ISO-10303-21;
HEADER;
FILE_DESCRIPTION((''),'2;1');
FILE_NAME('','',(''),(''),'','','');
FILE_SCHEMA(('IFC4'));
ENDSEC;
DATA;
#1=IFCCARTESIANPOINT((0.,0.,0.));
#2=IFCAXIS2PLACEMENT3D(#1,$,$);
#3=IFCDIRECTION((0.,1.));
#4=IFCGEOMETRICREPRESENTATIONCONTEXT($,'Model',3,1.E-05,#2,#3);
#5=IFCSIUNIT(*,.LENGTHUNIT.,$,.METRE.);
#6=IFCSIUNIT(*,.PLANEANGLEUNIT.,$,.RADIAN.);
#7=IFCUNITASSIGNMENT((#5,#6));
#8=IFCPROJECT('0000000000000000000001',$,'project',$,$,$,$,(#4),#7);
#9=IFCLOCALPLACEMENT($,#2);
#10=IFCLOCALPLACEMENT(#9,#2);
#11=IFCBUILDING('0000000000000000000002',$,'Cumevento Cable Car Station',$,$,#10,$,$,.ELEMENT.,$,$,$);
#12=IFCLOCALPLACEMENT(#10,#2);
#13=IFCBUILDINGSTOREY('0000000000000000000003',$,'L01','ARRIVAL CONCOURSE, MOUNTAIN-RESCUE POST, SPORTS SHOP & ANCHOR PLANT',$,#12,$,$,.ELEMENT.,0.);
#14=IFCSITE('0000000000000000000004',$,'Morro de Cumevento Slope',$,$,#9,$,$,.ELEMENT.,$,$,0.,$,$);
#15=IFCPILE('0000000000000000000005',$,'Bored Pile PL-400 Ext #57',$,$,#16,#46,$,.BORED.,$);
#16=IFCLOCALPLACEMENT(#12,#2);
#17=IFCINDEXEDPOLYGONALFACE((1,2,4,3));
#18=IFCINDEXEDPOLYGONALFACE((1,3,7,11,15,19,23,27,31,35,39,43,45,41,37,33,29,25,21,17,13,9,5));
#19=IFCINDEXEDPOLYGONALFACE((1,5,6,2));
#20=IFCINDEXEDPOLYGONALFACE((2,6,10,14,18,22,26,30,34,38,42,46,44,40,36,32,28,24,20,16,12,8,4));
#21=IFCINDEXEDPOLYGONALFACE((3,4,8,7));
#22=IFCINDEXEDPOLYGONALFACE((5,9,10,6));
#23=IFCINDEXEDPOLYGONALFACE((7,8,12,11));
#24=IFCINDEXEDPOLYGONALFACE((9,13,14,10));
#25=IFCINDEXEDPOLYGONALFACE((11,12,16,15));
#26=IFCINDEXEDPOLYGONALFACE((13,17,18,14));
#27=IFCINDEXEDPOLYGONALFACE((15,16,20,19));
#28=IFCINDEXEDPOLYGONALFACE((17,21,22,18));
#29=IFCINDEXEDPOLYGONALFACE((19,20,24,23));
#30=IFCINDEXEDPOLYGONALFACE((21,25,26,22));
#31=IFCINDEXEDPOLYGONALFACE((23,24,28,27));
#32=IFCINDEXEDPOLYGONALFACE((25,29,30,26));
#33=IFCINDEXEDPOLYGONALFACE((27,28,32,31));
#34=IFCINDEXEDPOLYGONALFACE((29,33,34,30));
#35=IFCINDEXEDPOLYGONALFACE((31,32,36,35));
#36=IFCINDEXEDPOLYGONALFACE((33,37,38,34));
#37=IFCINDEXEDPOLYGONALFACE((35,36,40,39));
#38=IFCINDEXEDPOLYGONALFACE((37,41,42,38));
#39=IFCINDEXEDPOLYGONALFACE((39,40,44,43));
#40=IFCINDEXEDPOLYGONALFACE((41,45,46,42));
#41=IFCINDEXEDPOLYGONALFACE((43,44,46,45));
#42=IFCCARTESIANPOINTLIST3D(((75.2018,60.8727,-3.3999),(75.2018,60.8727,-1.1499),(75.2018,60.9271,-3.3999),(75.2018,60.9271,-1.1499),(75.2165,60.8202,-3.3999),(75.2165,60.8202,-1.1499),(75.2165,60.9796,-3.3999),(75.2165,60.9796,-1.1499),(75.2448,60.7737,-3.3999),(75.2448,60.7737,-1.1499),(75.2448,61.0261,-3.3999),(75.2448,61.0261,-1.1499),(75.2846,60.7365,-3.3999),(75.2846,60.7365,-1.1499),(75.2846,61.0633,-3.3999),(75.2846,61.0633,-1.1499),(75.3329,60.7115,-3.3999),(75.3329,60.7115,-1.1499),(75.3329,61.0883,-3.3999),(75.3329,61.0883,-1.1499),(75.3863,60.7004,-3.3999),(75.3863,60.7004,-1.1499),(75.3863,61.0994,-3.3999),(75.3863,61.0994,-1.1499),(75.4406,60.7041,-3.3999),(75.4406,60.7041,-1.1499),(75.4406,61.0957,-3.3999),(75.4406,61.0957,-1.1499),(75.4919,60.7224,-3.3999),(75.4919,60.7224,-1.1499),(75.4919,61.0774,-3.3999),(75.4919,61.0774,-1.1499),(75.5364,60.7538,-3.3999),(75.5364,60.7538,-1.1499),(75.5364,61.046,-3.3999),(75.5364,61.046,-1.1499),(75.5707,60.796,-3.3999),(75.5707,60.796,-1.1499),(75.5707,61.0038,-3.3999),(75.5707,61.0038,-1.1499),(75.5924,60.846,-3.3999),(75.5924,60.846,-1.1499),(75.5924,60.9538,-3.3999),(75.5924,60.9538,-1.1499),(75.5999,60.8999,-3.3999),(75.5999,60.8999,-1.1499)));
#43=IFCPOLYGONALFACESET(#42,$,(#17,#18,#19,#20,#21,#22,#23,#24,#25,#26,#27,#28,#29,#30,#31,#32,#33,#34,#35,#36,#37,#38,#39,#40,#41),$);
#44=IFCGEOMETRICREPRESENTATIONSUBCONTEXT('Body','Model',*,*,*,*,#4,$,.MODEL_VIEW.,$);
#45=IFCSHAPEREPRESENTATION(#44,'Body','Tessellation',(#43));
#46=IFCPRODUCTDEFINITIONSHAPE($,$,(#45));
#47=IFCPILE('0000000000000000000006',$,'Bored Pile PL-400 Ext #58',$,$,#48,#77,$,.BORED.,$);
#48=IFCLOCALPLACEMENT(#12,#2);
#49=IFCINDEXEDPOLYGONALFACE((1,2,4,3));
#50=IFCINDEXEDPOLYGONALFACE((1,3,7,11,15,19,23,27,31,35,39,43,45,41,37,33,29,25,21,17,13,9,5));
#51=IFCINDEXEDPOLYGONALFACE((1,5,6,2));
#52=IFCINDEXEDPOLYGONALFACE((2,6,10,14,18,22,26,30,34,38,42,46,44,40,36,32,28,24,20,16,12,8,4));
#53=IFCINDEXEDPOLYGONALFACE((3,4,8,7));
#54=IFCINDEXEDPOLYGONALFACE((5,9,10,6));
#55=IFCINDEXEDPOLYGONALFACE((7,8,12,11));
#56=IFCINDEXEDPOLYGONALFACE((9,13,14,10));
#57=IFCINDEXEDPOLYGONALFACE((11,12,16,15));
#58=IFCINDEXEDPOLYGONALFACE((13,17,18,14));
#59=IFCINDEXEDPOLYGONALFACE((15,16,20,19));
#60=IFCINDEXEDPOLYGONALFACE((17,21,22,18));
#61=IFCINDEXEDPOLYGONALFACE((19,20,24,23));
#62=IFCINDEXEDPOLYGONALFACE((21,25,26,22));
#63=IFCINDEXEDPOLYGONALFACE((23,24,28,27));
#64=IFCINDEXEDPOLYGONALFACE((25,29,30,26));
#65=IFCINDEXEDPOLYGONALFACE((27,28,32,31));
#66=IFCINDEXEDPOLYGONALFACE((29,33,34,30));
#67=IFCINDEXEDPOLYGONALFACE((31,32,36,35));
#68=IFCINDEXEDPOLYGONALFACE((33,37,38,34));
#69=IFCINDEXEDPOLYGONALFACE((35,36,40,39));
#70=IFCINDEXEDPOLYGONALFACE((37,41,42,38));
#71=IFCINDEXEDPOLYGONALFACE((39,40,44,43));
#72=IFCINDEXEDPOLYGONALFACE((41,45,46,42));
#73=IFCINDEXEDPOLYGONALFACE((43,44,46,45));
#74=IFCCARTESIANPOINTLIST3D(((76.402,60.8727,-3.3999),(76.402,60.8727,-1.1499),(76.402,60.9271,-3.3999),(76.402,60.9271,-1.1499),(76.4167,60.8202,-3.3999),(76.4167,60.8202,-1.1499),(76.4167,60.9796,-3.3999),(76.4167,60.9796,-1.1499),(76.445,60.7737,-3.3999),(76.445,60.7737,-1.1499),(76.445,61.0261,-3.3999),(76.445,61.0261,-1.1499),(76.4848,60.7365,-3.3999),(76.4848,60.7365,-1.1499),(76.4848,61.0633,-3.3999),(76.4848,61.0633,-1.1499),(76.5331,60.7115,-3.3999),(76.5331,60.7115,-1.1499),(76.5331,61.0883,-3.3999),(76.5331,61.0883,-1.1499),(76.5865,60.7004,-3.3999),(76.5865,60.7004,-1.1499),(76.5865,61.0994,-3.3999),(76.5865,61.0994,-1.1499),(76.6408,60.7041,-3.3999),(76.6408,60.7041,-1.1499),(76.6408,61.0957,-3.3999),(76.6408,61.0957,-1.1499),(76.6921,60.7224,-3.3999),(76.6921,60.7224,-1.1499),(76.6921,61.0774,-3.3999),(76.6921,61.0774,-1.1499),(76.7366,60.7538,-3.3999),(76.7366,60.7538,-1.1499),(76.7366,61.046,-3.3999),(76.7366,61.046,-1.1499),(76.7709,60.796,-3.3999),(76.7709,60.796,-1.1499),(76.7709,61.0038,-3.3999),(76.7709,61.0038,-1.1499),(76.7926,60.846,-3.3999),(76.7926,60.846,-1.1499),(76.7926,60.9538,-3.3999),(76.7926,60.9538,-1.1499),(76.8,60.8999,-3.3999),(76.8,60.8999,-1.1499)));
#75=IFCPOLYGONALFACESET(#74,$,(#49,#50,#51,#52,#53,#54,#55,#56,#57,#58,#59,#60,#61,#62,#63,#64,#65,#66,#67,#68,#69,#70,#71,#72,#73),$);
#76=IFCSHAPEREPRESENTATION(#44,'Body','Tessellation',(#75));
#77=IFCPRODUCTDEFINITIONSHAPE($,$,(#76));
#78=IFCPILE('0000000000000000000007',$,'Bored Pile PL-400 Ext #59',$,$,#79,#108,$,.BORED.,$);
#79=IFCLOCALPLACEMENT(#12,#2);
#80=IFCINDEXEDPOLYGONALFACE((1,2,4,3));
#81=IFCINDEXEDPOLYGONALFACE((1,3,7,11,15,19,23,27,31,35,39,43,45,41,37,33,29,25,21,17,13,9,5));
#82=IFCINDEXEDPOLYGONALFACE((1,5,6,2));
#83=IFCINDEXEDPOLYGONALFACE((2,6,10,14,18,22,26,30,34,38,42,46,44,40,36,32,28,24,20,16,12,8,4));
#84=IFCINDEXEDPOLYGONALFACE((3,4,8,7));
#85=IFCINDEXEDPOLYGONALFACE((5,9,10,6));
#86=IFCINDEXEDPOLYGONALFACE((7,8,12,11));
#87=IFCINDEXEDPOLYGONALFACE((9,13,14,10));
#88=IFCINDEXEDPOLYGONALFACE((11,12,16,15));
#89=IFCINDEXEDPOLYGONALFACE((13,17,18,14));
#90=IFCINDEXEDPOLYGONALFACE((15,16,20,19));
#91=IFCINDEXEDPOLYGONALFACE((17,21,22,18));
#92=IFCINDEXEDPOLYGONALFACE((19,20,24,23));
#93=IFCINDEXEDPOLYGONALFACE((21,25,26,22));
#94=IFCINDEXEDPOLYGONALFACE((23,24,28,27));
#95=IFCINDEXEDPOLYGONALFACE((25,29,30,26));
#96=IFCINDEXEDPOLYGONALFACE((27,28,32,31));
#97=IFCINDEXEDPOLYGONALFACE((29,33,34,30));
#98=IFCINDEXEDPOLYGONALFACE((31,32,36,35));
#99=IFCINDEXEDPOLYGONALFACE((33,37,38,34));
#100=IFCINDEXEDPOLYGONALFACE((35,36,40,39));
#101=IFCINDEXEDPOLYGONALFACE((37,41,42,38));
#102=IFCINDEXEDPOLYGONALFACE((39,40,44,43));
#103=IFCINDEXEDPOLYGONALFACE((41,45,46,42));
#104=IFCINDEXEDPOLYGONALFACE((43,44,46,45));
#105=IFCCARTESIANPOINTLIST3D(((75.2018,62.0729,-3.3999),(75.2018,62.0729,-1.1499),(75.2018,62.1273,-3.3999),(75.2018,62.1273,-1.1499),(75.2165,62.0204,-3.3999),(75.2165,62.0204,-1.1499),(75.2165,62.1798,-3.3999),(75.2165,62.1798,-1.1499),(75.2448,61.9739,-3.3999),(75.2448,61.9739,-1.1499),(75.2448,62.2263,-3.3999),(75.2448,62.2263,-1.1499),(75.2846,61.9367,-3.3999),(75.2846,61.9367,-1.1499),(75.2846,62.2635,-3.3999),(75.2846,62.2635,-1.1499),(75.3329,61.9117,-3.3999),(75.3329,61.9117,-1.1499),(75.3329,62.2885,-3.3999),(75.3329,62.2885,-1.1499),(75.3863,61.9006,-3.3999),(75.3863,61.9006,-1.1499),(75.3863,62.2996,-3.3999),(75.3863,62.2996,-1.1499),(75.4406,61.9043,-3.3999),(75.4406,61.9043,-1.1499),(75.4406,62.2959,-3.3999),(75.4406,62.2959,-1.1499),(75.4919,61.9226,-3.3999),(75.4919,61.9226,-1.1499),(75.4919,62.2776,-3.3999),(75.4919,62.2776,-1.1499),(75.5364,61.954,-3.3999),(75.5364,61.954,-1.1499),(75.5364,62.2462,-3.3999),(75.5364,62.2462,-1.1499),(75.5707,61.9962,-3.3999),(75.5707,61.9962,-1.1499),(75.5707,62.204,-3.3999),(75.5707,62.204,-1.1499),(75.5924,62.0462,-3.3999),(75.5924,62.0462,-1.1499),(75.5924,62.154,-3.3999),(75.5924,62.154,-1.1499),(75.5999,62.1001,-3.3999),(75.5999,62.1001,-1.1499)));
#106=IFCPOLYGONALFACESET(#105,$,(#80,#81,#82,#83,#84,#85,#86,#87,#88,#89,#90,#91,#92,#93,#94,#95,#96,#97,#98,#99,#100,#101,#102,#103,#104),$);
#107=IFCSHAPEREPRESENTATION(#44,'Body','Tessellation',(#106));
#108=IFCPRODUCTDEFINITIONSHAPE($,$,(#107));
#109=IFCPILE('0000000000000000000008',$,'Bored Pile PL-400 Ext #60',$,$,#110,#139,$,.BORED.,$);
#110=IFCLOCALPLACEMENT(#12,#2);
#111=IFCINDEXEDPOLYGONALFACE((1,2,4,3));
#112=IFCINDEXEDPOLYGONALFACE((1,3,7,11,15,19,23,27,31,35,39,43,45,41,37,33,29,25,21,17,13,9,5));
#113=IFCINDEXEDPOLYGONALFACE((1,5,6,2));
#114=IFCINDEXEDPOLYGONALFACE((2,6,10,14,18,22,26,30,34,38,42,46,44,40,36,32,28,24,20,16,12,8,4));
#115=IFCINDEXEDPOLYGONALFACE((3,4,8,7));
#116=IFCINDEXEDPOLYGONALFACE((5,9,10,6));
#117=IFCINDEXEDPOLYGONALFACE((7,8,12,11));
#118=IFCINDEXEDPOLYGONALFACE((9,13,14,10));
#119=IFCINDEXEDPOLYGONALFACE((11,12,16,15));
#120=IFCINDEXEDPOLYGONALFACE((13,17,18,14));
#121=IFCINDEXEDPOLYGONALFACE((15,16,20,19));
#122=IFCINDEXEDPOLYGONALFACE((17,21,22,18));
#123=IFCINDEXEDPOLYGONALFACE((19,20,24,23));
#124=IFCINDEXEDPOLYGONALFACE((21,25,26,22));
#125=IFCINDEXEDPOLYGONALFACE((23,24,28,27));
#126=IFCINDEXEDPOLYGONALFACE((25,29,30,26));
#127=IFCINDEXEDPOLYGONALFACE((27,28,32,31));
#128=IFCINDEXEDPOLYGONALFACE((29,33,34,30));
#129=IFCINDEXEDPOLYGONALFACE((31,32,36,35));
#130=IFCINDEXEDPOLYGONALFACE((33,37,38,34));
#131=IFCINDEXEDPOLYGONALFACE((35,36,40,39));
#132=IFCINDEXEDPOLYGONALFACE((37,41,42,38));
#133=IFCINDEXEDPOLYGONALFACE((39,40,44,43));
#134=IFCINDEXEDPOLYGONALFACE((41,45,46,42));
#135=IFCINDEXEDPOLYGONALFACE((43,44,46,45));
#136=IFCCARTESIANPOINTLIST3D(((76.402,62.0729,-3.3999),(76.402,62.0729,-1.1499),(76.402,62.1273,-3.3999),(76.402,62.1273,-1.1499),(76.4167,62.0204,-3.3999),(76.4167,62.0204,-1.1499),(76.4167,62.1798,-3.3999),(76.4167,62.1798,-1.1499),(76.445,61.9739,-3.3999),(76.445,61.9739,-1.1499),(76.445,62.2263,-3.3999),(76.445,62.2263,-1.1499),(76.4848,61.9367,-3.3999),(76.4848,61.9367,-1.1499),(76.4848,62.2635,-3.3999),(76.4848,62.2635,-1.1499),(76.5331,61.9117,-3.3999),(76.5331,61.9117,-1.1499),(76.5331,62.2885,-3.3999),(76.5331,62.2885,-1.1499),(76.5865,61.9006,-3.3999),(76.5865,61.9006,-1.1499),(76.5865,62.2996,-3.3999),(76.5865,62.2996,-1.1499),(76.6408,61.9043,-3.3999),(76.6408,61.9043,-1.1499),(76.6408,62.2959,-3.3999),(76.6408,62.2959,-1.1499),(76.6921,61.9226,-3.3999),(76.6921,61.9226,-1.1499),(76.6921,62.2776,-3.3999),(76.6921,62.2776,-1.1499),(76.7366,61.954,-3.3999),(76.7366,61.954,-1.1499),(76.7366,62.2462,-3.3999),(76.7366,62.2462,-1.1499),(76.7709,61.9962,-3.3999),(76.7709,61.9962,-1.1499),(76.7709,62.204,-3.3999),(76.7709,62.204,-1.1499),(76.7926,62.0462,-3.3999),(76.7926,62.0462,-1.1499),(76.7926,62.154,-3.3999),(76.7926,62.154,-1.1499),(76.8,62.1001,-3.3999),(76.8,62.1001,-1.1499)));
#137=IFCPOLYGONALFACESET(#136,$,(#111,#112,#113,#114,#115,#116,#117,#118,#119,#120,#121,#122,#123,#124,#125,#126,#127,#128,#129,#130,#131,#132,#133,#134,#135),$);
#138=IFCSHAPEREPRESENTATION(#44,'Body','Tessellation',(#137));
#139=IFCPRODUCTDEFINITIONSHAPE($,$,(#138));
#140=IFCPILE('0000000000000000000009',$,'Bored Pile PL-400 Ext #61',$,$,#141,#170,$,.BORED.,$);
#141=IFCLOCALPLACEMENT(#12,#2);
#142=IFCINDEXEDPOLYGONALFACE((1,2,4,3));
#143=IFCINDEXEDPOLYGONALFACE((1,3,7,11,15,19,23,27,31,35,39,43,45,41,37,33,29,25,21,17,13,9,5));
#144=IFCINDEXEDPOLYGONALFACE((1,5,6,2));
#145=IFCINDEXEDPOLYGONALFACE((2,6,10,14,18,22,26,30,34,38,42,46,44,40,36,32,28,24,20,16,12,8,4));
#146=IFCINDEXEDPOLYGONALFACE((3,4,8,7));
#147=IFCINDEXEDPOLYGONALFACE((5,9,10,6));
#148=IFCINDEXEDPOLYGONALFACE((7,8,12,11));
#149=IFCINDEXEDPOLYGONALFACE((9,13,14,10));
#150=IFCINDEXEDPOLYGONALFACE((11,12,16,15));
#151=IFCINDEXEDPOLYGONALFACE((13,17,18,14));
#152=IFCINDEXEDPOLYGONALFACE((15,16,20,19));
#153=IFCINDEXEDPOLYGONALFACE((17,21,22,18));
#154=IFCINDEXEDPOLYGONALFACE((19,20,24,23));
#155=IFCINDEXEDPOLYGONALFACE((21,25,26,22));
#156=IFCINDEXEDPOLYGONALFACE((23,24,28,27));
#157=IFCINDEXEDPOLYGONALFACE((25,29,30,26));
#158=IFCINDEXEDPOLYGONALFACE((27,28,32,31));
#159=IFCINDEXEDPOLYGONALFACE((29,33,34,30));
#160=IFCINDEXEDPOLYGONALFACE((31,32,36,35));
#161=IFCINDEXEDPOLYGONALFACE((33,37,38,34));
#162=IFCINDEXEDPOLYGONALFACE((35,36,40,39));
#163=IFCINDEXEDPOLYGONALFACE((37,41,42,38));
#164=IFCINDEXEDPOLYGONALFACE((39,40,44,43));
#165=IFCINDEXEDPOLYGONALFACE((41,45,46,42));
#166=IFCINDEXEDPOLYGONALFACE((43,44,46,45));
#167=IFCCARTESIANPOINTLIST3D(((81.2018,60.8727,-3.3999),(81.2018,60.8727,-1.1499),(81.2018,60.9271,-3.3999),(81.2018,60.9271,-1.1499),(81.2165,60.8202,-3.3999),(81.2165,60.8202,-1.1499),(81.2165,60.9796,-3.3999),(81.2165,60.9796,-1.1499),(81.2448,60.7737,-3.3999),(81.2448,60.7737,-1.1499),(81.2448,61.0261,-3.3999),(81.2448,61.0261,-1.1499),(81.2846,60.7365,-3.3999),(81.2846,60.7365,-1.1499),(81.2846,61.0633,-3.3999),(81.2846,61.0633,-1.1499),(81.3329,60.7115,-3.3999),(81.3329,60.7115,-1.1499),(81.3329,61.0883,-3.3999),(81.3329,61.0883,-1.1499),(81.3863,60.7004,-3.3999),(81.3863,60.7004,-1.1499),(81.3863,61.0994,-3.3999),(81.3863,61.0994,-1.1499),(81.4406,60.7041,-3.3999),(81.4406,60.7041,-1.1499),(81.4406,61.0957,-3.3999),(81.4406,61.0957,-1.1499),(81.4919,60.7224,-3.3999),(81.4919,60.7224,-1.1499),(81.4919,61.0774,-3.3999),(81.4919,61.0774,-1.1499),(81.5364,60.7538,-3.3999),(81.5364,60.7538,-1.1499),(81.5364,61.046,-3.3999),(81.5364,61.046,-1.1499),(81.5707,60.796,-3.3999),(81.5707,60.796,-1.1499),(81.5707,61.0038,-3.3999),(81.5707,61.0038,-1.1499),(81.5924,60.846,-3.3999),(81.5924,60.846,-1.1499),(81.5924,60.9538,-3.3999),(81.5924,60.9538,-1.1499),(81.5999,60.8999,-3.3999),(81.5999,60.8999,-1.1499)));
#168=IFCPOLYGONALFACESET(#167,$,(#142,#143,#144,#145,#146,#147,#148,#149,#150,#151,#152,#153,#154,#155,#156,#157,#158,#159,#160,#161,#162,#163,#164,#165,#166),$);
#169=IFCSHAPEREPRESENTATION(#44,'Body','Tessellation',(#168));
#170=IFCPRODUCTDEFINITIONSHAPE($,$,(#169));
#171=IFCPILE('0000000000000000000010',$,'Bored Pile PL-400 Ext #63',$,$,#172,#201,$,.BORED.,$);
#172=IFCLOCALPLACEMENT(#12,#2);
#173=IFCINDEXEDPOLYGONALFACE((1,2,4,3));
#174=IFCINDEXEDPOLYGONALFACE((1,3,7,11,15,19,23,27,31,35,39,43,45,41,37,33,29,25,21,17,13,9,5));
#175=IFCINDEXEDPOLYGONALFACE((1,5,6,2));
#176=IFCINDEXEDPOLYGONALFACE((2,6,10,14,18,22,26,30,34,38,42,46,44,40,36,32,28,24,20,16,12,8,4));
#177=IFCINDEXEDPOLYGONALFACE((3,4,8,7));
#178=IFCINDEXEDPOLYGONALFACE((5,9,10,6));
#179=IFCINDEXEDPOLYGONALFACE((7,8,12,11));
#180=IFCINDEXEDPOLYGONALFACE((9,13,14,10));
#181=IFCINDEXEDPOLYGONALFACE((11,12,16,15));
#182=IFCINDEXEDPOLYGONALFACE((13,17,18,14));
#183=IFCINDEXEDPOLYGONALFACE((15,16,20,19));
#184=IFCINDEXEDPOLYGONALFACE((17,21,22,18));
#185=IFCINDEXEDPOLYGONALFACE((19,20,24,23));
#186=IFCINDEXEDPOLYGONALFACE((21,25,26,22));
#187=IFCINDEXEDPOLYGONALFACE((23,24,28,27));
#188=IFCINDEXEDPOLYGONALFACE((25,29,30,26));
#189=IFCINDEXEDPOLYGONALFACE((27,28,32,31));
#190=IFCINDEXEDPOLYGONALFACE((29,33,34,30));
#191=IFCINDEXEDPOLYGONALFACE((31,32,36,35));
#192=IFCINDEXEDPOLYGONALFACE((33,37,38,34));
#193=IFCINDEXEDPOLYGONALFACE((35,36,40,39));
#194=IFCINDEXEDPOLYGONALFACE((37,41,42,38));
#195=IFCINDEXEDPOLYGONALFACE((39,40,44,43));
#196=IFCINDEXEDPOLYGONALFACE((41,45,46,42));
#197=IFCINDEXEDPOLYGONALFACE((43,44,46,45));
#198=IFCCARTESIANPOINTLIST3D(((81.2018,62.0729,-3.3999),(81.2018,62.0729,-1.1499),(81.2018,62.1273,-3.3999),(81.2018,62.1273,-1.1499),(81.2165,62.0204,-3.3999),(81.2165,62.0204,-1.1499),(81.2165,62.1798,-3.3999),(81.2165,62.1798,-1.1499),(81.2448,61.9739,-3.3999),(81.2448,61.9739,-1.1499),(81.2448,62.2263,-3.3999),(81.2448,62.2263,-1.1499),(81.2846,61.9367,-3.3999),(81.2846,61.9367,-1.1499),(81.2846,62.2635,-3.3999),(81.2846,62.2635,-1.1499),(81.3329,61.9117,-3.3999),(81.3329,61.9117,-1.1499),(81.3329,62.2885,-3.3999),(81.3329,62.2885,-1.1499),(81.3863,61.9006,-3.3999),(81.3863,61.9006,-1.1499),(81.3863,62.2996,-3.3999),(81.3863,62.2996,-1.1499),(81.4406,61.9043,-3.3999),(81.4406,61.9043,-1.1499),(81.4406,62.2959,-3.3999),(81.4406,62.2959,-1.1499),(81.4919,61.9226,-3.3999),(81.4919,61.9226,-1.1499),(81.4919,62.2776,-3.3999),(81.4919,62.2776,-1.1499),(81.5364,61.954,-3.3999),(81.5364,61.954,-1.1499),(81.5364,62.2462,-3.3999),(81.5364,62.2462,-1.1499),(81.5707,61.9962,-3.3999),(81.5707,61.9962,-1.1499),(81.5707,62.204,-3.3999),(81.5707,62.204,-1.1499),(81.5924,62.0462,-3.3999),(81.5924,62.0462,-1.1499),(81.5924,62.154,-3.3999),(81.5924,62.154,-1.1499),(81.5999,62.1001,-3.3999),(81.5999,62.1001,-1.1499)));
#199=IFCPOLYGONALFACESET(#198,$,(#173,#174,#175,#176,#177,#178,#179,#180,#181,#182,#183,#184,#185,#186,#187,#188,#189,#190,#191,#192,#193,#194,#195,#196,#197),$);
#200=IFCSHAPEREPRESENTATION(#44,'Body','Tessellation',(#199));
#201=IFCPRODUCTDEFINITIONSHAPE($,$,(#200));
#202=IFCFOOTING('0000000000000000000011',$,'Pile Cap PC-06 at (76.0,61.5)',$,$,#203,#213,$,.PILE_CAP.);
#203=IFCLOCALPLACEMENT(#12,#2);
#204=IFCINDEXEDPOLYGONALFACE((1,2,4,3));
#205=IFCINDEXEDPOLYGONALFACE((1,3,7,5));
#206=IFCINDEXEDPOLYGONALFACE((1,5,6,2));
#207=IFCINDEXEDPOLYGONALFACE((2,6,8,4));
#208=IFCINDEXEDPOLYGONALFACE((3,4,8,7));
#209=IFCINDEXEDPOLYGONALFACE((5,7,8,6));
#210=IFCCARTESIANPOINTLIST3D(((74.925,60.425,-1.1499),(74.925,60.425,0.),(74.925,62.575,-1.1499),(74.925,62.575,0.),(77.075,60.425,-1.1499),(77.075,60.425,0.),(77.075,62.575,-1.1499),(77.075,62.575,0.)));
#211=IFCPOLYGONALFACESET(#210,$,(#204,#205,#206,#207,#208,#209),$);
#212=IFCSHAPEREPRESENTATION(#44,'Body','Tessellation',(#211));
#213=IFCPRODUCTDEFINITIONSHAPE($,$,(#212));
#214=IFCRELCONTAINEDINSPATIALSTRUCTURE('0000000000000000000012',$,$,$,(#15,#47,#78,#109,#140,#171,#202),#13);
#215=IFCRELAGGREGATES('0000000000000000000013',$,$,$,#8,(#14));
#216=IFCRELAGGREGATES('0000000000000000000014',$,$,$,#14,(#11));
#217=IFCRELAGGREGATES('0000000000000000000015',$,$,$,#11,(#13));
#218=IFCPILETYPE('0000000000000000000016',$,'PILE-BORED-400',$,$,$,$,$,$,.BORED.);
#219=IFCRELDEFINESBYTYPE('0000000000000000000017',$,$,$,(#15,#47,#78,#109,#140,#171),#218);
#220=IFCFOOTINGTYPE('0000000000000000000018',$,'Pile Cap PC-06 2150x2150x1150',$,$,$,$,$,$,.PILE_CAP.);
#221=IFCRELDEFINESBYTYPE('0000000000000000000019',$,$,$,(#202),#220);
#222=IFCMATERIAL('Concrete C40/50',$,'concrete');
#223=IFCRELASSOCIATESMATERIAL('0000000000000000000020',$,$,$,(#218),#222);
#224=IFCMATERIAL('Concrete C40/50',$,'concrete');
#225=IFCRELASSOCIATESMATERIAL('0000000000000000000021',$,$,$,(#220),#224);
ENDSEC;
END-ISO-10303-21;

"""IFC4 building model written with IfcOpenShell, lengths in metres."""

from ifc_helpers import new_model, si_unit, direction, frame, origin, origin_2d, place, context, subcontext, project, spatial, rectangle, circle, extrude, material, material_profile, profile_set, type_object, element, save


model = new_model("IFC4")

# Units and contexts
model_context = context("Model", 3, precision=1e-05, world=origin(), true_north=direction((0.0, 1.0)))
body_context = subcontext(model_context, "Body", "Model", "MODEL_VIEW")
ifc_project = project(units=[si_unit("LENGTHUNIT", "METRE"), si_unit("PLANEANGLEUNIT", "RADIAN")], contexts=[model_context])

# Site, building, storey
site_placement = place(None, origin())
site = spatial("IfcSite", under=ifc_project, at=site_placement, Name="Morro de Cumevento Slope", CompositionType="ELEMENT", RefElevation=0.0)
building_placement = place(site_placement, origin())
building = spatial("IfcBuilding", under=site, at=building_placement, Name="Cumevento Cable Car Station", CompositionType="ELEMENT")
storey_placement = place(building_placement, origin())
storey = spatial("IfcBuildingStorey", under=building, at=storey_placement, Name="L01", Description="ARRIVAL CONCOURSE, MOUNTAIN-RESCUE POST, SPORTS SHOP & ANCHOR PLANT", CompositionType="ELEMENT", Elevation=0.0)

# Piles
ifc_material_1 = material(Name="Concrete C40/50", Category="concrete")
ifc_material_profile_1 = material_profile(ifc_material_1, circle(Radius=0.2, at=origin_2d()), Name="PILE-D400")
ifc_profile_set_1 = profile_set([ifc_material_profile_1], Name="Concrete C40/50")
pile_type = type_object("IfcPileType", Name="PILE-BORED-400", PredefinedType="BORED", material=ifc_profile_set_1)
for number, where, z_axis, x_axis, name in (
    (1, (75.3999, 60.8999, -1.1499), (0.0, 0.0, -1.0), (1.0, 0.0, 0.0), "Bored Pile PL-400 Ext #57"),
    (2, (76.6001, 60.8999, -1.1499), (0.0, 0.0, -1.0), (1.0, 0.0, 0.0), "Bored Pile PL-400 Ext #58"),
    (3, (75.3999, 62.1001, -1.1499), (0.0, 0.0, -1.0), (1.0, 0.0, 0.0), "Bored Pile PL-400 Ext #59"),
    (4, (76.6001, 62.1001, -1.1499), (0.0, 0.0, -1.0), (1.0, 0.0, 0.0), "Bored Pile PL-400 Ext #60"),
    (5, (81.3999, 60.8999, -1.1499), (0.0, 0.0, -1.0), (1.0, 0.0, 0.0), "Bored Pile PL-400 Ext #61"),
    (6, (81.3999, 62.1001, -1.1499), (0.0, 0.0, -1.0), (1.0, 0.0, 0.0), "Bored Pile PL-400 Ext #63"),
):
    element("IfcPile", number, at=place(storey_placement, frame(where, z_axis=z_axis, x_axis=x_axis)), inside=storey, type_object=pile_type, Name=name, PredefinedType="BORED", context=body_context, shape_type="SweptSolid", body=[
        extrude(circle(Radius=0.2, at=origin_2d()), origin(), (0.0, 0.0, 1.0), 2.25),
    ])

# Footing
ifc_material_2 = material(Name="Concrete C40/50", Category="concrete")
footing_type = type_object("IfcFootingType", Name="Pile Cap PC-06 2150x2150x1150", PredefinedType="PILE_CAP", material=ifc_material_2)
for number, where, z_axis, x_axis, name in (
    (7, (76.0, 61.5, -1.1499), (0.0, 0.0, 1.0), (1.0, 0.0, 0.0), "Pile Cap PC-06 at (76.0,61.5)"),
):
    element("IfcFooting", number, at=place(storey_placement, frame(where, z_axis=z_axis, x_axis=x_axis)), inside=storey, type_object=footing_type, Name=name, PredefinedType="PILE_CAP", context=body_context, shape_type="SweptSolid", body=[
        extrude(rectangle(XDim=2.1499, YDim=2.1499, at=origin_2d()), origin(), (0.0, 0.0, 1.0), 1.1499),
    ])

save(model, "model.ifc")
